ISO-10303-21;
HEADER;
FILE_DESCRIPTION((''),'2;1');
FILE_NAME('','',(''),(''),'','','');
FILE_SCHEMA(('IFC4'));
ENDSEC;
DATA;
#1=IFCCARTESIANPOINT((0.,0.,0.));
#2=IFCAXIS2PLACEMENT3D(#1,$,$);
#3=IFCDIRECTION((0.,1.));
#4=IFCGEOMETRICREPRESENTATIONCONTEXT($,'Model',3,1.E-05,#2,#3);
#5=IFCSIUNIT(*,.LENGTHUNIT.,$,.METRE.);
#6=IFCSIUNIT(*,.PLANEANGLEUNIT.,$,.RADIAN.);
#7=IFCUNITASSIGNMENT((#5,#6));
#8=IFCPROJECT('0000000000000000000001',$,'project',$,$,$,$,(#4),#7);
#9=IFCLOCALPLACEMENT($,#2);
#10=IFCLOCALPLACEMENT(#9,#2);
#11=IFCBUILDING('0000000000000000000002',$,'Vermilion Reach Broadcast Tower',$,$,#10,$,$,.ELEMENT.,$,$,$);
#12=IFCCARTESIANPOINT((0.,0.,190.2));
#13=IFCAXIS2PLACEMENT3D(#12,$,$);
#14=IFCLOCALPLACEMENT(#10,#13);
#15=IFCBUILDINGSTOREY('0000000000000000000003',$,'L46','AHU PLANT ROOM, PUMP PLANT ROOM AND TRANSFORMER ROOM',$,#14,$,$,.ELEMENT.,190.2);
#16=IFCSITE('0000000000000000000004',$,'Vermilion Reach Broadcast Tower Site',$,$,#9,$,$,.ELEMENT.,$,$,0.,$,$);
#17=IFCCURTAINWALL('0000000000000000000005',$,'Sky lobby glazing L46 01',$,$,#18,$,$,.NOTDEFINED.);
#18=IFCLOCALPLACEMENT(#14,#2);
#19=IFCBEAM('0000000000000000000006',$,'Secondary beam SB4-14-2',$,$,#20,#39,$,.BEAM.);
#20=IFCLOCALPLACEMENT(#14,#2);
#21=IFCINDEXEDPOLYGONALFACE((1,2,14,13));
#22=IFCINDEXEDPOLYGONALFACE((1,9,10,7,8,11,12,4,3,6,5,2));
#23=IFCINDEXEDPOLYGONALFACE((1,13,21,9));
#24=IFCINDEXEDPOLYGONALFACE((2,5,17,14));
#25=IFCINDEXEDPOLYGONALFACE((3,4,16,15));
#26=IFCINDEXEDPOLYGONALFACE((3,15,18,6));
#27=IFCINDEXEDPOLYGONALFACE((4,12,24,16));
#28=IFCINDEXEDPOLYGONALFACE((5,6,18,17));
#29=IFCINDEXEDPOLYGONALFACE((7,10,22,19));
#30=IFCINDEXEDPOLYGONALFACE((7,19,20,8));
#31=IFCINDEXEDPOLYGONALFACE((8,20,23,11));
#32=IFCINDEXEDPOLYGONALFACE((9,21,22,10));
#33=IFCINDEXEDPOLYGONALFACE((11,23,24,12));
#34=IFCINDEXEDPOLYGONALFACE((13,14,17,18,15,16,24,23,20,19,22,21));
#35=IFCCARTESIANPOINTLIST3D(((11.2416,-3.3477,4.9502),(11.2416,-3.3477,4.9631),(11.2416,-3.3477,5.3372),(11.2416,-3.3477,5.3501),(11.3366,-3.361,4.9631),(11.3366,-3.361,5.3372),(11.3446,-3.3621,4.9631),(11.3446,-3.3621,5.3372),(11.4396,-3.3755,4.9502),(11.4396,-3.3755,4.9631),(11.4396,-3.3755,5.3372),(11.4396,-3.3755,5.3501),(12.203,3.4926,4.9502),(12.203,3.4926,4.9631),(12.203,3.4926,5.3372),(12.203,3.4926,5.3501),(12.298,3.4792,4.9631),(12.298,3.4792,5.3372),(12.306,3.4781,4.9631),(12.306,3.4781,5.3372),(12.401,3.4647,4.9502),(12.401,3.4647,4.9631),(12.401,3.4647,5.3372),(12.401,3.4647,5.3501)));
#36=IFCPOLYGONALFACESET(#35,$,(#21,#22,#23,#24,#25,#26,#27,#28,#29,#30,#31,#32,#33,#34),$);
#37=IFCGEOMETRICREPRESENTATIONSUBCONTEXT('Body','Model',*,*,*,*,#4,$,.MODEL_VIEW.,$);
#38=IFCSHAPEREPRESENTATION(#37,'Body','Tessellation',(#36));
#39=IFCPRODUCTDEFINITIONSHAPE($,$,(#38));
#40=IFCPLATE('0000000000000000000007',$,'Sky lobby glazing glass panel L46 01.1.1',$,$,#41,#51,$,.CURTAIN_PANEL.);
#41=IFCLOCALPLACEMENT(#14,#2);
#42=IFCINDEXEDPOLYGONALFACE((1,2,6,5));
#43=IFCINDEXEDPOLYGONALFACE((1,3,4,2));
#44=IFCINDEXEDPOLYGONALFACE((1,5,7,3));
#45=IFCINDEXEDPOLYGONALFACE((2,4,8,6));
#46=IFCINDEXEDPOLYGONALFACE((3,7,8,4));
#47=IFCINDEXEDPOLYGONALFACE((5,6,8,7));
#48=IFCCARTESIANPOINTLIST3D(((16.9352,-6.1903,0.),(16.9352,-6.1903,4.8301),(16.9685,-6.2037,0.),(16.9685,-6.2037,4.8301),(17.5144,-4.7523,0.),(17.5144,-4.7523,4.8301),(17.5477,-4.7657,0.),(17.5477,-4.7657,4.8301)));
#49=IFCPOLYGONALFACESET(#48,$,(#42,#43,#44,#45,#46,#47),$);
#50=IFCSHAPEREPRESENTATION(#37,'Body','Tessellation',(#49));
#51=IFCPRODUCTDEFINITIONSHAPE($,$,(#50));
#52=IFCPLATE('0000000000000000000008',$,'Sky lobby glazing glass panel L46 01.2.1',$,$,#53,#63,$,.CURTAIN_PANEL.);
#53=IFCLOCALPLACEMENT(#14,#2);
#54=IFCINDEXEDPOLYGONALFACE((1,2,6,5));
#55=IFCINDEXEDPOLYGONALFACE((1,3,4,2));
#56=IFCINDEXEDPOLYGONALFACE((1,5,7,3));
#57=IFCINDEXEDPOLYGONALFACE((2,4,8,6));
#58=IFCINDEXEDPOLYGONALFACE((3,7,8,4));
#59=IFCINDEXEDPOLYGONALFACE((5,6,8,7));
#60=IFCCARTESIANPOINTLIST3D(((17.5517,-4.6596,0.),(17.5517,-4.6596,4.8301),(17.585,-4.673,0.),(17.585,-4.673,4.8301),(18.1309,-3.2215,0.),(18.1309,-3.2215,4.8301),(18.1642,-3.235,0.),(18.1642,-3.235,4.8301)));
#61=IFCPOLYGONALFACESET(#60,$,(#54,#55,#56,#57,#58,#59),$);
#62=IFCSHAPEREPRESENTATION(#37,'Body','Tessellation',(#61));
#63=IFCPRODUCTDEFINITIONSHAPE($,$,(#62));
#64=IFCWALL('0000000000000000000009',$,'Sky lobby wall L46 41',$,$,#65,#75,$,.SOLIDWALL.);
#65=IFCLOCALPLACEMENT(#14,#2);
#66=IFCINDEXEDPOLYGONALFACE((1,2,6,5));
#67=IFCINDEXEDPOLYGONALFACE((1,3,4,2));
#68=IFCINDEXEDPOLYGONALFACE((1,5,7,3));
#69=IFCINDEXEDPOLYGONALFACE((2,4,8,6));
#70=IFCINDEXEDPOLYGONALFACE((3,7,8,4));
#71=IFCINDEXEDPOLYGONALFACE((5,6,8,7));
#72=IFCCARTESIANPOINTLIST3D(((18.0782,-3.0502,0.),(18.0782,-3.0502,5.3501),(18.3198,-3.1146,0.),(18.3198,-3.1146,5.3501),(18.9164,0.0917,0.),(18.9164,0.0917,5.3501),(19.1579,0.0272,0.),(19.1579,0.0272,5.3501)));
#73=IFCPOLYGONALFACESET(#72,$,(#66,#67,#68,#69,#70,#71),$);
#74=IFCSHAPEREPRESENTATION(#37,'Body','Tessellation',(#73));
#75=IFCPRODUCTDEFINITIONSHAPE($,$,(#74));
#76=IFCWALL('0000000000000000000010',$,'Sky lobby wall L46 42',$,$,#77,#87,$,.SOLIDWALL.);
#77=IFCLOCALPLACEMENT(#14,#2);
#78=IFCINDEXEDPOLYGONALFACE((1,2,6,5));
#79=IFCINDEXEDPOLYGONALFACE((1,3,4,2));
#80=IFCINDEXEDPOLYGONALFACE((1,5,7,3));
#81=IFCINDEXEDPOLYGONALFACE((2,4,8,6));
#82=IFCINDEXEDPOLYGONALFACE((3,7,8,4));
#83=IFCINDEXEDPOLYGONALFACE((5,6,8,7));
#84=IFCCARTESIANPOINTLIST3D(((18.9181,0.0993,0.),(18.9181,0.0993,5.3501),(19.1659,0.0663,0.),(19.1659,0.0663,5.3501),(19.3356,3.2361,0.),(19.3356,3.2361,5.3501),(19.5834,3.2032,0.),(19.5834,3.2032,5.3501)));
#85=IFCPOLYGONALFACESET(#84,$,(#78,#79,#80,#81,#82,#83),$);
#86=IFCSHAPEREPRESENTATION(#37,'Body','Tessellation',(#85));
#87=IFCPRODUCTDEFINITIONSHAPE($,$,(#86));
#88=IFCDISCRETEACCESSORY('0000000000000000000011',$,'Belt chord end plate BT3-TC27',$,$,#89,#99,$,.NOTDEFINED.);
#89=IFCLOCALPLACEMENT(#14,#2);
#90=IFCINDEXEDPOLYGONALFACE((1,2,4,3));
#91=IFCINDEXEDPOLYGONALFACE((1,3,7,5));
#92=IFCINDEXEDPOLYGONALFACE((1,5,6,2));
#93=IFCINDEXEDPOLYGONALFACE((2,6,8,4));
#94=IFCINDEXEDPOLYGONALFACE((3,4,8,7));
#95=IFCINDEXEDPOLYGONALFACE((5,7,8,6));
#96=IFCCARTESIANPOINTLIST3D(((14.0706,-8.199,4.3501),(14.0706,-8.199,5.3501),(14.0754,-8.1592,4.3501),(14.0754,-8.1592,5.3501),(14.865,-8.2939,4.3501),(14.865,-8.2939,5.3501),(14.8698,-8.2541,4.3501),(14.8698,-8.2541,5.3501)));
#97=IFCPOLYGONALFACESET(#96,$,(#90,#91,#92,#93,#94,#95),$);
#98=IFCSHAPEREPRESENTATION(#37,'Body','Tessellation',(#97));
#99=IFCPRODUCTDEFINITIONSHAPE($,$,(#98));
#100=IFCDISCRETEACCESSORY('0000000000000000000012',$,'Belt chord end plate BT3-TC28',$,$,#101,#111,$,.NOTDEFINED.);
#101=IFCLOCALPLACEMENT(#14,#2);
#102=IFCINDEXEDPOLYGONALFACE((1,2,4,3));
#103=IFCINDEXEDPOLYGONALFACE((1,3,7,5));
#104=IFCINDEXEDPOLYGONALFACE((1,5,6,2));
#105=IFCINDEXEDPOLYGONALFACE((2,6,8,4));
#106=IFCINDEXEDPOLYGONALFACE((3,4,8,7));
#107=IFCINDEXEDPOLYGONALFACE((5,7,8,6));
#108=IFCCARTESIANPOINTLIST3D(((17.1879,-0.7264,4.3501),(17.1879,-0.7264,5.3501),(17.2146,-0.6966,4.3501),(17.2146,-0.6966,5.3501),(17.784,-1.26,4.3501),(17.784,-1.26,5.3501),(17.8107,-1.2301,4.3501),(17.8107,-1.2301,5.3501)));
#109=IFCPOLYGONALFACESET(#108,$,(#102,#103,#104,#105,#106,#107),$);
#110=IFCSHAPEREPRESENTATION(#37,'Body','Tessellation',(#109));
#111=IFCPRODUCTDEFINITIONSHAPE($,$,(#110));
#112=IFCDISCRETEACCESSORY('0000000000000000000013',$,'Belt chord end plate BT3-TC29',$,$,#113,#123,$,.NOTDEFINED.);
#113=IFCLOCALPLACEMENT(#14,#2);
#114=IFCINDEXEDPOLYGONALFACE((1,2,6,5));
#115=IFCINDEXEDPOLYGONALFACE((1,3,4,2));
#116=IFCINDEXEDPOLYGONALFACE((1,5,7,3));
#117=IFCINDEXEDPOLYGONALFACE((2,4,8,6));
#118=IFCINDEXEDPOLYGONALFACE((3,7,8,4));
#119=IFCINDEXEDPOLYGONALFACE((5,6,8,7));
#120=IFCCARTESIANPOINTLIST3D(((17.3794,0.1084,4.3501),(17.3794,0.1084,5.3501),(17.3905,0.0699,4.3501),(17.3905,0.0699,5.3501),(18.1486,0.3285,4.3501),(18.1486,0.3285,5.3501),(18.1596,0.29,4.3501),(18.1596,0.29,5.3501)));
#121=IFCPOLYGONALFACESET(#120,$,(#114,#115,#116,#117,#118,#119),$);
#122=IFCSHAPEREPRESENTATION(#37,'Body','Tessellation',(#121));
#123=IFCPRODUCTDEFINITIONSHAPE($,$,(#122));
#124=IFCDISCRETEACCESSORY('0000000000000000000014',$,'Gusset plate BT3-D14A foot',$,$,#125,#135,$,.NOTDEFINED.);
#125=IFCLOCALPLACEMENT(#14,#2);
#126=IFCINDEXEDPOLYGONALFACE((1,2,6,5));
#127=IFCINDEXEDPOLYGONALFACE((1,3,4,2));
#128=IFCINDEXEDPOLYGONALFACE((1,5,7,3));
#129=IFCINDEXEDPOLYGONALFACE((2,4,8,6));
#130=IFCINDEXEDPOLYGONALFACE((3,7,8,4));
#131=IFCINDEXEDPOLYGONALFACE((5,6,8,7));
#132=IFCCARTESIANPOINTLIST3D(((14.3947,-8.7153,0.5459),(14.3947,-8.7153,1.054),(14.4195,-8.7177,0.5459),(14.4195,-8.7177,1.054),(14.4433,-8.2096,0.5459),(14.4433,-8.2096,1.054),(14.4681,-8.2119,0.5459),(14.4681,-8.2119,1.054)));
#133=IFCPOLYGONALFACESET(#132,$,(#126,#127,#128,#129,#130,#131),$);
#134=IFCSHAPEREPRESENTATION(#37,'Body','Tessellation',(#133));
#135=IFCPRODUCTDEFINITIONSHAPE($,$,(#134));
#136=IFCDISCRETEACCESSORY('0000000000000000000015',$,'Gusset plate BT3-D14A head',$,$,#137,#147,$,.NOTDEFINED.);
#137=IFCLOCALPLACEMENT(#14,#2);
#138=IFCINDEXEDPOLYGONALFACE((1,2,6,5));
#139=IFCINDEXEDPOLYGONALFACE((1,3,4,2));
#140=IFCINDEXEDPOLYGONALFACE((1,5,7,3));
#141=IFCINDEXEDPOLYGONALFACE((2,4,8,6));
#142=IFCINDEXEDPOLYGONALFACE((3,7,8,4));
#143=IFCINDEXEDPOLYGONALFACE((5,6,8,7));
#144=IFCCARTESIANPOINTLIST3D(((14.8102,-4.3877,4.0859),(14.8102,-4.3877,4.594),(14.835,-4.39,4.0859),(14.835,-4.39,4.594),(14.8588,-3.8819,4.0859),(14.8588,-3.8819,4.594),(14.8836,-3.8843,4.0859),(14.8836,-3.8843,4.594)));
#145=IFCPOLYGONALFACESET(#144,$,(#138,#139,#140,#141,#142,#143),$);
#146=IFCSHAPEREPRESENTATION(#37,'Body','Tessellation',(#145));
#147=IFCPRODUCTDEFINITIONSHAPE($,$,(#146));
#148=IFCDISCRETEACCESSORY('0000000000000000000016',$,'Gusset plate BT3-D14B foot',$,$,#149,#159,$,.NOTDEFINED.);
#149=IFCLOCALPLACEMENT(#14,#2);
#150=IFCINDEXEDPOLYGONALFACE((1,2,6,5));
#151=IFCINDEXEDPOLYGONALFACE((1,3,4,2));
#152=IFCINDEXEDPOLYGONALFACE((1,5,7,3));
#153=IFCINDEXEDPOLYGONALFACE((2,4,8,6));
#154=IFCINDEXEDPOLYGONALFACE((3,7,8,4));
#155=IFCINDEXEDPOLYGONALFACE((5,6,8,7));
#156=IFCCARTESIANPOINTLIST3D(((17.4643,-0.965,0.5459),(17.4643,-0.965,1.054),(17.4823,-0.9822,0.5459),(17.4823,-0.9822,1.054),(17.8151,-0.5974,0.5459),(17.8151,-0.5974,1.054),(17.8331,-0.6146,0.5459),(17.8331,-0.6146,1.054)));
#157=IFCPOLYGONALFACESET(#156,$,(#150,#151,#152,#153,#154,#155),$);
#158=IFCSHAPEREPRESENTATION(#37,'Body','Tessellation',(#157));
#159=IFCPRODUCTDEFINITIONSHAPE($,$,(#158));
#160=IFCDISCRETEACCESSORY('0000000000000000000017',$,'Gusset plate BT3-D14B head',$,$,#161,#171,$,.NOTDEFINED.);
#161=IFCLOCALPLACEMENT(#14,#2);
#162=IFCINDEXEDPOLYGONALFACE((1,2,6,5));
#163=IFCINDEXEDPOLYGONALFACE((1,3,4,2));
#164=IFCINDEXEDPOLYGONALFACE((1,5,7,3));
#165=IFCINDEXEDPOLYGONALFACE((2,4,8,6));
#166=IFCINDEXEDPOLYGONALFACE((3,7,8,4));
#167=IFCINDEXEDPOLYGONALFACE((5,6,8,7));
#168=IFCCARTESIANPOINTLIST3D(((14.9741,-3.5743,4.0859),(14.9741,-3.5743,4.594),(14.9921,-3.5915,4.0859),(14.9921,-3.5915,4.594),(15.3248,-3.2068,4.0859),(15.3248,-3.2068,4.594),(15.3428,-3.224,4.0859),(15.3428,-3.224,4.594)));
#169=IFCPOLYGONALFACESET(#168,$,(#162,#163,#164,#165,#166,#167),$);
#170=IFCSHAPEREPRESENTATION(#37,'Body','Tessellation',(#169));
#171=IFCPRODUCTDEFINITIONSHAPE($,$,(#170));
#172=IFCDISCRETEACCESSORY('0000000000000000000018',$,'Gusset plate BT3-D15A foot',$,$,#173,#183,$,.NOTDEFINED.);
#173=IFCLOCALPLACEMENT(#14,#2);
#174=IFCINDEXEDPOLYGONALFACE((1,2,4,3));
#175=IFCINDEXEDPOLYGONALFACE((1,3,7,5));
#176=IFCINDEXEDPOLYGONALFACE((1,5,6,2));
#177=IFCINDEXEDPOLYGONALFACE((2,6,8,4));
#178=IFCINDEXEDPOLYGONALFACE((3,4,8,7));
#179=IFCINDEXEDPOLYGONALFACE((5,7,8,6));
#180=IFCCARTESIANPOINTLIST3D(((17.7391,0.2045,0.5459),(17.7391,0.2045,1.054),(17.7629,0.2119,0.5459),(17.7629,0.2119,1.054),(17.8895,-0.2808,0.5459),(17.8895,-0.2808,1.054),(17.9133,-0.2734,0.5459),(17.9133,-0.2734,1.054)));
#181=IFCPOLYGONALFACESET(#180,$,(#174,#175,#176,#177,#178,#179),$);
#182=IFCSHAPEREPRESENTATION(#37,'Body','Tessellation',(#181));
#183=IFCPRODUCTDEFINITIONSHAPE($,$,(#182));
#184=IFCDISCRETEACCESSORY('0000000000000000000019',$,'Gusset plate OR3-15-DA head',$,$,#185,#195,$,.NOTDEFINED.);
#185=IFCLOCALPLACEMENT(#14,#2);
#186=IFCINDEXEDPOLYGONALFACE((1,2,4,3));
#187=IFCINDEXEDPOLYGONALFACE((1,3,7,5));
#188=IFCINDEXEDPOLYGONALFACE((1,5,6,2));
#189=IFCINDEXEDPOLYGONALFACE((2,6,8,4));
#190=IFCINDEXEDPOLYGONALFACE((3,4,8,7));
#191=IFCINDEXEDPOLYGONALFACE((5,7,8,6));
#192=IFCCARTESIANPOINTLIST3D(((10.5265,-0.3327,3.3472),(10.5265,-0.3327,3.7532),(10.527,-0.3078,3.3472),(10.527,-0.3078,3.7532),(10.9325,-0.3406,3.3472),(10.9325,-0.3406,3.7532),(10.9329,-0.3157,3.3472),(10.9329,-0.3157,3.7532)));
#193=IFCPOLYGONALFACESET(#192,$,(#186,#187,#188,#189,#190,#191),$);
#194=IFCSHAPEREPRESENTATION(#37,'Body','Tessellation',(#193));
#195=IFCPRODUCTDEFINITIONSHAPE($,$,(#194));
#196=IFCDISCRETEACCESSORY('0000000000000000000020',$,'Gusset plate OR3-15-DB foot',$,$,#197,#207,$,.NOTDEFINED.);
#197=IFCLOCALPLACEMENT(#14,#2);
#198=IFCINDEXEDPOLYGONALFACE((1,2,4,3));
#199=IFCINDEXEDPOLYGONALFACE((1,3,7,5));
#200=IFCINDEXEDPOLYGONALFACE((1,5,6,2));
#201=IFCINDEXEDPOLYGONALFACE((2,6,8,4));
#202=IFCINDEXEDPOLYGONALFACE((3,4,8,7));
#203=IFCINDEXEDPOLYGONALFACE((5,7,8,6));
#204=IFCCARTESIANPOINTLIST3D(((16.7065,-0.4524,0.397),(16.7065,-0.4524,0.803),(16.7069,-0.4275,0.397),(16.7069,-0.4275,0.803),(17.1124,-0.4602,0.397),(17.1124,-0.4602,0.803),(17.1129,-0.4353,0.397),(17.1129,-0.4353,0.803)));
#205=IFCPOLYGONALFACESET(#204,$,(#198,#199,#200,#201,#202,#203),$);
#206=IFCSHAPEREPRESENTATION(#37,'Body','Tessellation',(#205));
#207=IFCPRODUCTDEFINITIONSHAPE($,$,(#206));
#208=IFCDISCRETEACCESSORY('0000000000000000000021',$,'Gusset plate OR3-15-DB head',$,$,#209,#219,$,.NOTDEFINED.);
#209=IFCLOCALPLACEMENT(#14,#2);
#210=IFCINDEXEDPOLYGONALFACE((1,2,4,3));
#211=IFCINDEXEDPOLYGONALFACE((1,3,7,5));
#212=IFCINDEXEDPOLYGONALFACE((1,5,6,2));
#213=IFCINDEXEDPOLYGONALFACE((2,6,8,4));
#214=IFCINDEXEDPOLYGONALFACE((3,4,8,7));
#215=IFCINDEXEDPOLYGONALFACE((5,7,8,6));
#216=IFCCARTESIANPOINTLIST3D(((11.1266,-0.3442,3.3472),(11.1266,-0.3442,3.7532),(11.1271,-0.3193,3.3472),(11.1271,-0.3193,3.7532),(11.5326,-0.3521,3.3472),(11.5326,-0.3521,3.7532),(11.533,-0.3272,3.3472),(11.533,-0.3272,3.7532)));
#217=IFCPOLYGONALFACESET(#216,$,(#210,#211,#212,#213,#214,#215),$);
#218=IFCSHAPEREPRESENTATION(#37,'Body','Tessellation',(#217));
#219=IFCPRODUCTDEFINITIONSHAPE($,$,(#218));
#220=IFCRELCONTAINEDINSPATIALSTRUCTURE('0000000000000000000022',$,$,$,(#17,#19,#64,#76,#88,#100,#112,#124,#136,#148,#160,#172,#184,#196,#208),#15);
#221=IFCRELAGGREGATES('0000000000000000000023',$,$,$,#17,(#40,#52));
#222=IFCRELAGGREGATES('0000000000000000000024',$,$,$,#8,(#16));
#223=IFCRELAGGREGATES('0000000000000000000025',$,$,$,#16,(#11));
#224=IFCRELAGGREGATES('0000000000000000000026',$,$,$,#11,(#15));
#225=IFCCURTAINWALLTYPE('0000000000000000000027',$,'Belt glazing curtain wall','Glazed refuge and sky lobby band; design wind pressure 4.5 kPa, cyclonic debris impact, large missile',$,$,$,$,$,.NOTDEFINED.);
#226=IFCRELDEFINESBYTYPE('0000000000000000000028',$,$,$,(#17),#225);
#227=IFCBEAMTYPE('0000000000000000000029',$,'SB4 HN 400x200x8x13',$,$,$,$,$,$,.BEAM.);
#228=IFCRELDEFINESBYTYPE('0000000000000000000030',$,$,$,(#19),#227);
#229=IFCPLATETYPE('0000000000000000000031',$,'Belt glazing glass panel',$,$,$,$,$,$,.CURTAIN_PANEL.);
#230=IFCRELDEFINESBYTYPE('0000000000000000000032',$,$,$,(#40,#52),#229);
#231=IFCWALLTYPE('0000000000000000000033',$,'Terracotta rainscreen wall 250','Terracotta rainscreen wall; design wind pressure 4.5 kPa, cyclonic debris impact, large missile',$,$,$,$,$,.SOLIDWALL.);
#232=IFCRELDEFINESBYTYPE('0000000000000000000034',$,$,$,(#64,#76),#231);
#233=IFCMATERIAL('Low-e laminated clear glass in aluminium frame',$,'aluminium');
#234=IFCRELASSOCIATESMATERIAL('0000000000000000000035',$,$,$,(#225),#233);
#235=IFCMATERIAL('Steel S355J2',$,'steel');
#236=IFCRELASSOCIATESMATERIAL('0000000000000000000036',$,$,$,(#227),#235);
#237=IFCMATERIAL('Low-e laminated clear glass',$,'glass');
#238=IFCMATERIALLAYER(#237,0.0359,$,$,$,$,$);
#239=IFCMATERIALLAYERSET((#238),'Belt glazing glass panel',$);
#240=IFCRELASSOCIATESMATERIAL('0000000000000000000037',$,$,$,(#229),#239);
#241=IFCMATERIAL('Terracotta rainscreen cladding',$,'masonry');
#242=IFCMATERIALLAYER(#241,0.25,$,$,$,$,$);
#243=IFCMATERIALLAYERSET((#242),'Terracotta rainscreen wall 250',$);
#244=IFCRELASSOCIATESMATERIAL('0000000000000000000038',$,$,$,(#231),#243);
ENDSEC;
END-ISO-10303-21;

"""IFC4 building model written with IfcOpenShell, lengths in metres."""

from ifc_helpers import new_model, si_unit, direction, frame, frame_2d, origin, origin_2d, place, context, subcontext, project, spatial, rectangle, i_section, extrude, material, layer, layer_set, material_profile, profile_set, type_object, element, aggregate, save


model = new_model("IFC4")

# Units and contexts
model_context = context("Model", 3, precision=1e-05, world=origin(), true_north=direction((0.0, 1.0)))
body_context = subcontext(model_context, "Body", "Model", "MODEL_VIEW")
ifc_project = project(units=[si_unit("LENGTHUNIT", "METRE"), si_unit("PLANEANGLEUNIT", "RADIAN")], contexts=[model_context])

# Site, building, storey
site_placement = place(None, origin())
site = spatial("IfcSite", under=ifc_project, at=site_placement, Name="Vermilion Reach Broadcast Tower Site", CompositionType="ELEMENT", RefElevation=0.0)
building_placement = place(site_placement, origin())
building = spatial("IfcBuilding", under=site, at=building_placement, Name="Vermilion Reach Broadcast Tower", CompositionType="ELEMENT")
storey_placement = place(building_placement, frame((0.0, 0.0, 190.2)))
storey = spatial("IfcBuildingStorey", under=building, at=storey_placement, Name="L46", Description="AHU PLANT ROOM, PUMP PLANT ROOM AND TRANSFORMER ROOM", CompositionType="ELEMENT", Elevation=190.2)

# Curtain wall
ifc_material_1 = material(Name="Low-e laminated clear glass in aluminium frame", Category="aluminium")
curtain_wall_type = type_object("IfcCurtainWallType", Name="Belt glazing curtain wall", Description="Glazed refuge and sky lobby band; design wind pressure 4.5 kPa, cyclonic debris impact, large missile", PredefinedType="NOTDEFINED", material=ifc_material_1)
curtain_wall_placement = place(storey_placement, origin())
curtain_wall = element("IfcCurtainWall", 1, at=curtain_wall_placement, inside=storey, type_object=curtain_wall_type, Name="Sky lobby glazing L46 01", PredefinedType="NOTDEFINED")

# Beam
ifc_material_2 = material(Name="Steel S355J2", Category="steel")
ifc_material_profile_1 = material_profile(ifc_material_2, i_section(OverallWidth=0.2, OverallDepth=0.3999, WebThickness=0.0081, FlangeThickness=0.0129, at=origin_2d()), Name="S355J2 HN 400x200x8x13")
ifc_profile_set_1 = profile_set([ifc_material_profile_1], Name="Steel S355J2")
beam_type_1 = type_object("IfcBeamType", Name="SB4 HN 400x200x8x13", PredefinedType="BEAM", material=ifc_profile_set_1)
beam_1_placement = place(storey_placement, frame((11.3406, -3.3616, 5.1501), z_axis=(0.139184, 0.990266, 0.0), x_axis=(-0.990266, 0.139184, 0.0)))
element("IfcBeam", 2, at=beam_1_placement, inside=storey, type_object=beam_type_1, Name="Secondary beam SB4-14-2", PredefinedType="BEAM", context=body_context, shape_type="SweptSolid", body=[
    extrude(i_section(OverallWidth=0.2, OverallDepth=0.3999, WebThickness=0.0081, FlangeThickness=0.0129, at=origin_2d()), origin(), (0.0, 0.0, 1.0), 6.9075),
])

# Plates
ifc_material_3 = material(Name="Low-e laminated clear glass", Category="glass")
ifc_layer_1 = layer(ifc_material_3, 0.0359)
ifc_layer_set_1 = layer_set([ifc_layer_1], Name="Belt glazing glass panel")
plate_type = type_object("IfcPlateType", Name="Belt glazing glass panel", PredefinedType="CURTAIN_PANEL", material=ifc_layer_set_1)
plate_1_placement = place(storey_placement, frame((17.2415, -5.478, 0.0), z_axis=(0.0, 0.0, 1.0), x_axis=(0.373605, 0.927588, 0.0)))
plate_1 = element("IfcPlate", 3, at=plate_1_placement, type_object=plate_type, Name="Sky lobby glazing glass panel L46 01.1.1", PredefinedType="CURTAIN_PANEL", context=body_context, shape_type="SweptSolid", body=[
    extrude(rectangle(XDim=1.5503, YDim=0.0359, at=origin_2d()), origin(), (0.0, 0.0, 1.0), 4.8301),
])
plate_2_placement = place(storey_placement, frame((17.8579, -3.9473, 0.0), z_axis=(0.0, 0.0, 1.0), x_axis=(0.373605, 0.927588, 0.0)))
plate_2 = element("IfcPlate", 4, at=plate_2_placement, type_object=plate_type, Name="Sky lobby glazing glass panel L46 01.2.1", PredefinedType="CURTAIN_PANEL", context=body_context, shape_type="SweptSolid", body=[
    extrude(rectangle(XDim=1.5503, YDim=0.0359, at=origin_2d()), origin(), (0.0, 0.0, 1.0), 4.8301),
])
aggregate(curtain_wall, [plate_1, plate_2])

# Walls
ifc_material_4 = material(Name="Terracotta rainscreen cladding", Category="masonry")
ifc_layer_2 = layer(ifc_material_4, 0.25)
ifc_layer_set_2 = layer_set([ifc_layer_2], Name="Terracotta rainscreen wall 250")
wall_type = type_object("IfcWallType", Name="Terracotta rainscreen wall 250", Description="Terracotta rainscreen wall; design wind pressure 4.5 kPa, cyclonic debris impact, large missile", PredefinedType="SOLIDWALL", material=ifc_layer_set_2)
wall_1_placement = place(storey_placement, frame((18.199, -3.0825, 0.0), z_axis=(0.0, 0.0, 1.0), x_axis=(0.257751, 0.966211, 0.0)))
element("IfcWall", 5, at=wall_1_placement, inside=storey, type_object=wall_type, Name="Sky lobby wall L46 41", PredefinedType="SOLIDWALL", context=body_context, shape_type="SweptSolid", body=[
    extrude(rectangle(XDim=3.2517, YDim=0.25, at=frame_2d((1.626, 0.0))), origin(), (0.0, 0.0, 1.0), 5.3501),
])
wall_2_placement = place(storey_placement, frame((19.042, 0.0828, 0.0), z_axis=(0.0, 0.0, 1.0), x_axis=(0.131921, 0.99126, 0.0)))
element("IfcWall", 6, at=wall_2_placement, inside=storey, type_object=wall_type, Name="Sky lobby wall L46 42", PredefinedType="SOLIDWALL", context=body_context, shape_type="SweptSolid", body=[
    extrude(rectangle(XDim=3.1646, YDim=0.25, at=frame_2d((1.5823, 0.0))), origin(), (0.0, 0.0, 1.0), 5.3501),
])

# Discrete accessories
for number, where, z_axis, x_axis, name in (
    (7, (14.4702, -8.2266, 4.3501), (0.0, 0.0, 1.0), (-0.11859, -0.992943, 0.0), "Belt chord end plate BT3-TC27"),
    (8, (17.4993, -0.9783, 4.3501), (0.0, 0.0, 1.0), (0.666938, 0.745113, 0.0), "Belt chord end plate BT3-TC28"),
    (9, (17.7695, 0.1992, 4.3501), (0.0, 0.0, 1.0), (0.275164, -0.961397, 0.0), "Belt chord end plate BT3-TC29"),
):
    element("IfcDiscreteAccessory", number, at=place(storey_placement, frame(where, z_axis=z_axis, x_axis=x_axis)), inside=storey, Name=name, PredefinedType="NOTDEFINED", context=body_context, shape_type="SweptSolid", body=[
        extrude(rectangle(XDim=0.04, YDim=0.8, at=origin_2d()), origin(), (0.0, 0.0, 1.0), 1.0),
    ])
for number, where, z_axis, x_axis, name in (
    (10, (14.4314, -8.4636, 0.5459), (0.0, 0.0, 1.0), (-0.995421, 0.095593, 0.0), "Gusset plate BT3-D14A foot"),
    (11, (14.8469, -4.136, 4.0859), (0.0, 0.0, 1.0), (-0.995421, 0.095593, 0.0), "Gusset plate BT3-D14A head"),
    (12, (17.6487, -0.7898, 0.5459), (0.0, 0.0, 1.0), (0.723417, -0.690411, 0.0), "Gusset plate BT3-D14B foot"),
    (13, (15.1584, -3.3992, 4.0859), (0.0, 0.0, 1.0), (0.723417, -0.690411, 0.0), "Gusset plate BT3-D14B head"),
    (14, (17.8262, -0.0344, 0.5459), (0.0, 0.0, 1.0), (-0.955177, -0.296036, 0.0), "Gusset plate BT3-D15A foot"),
):
    element("IfcDiscreteAccessory", number, at=place(storey_placement, frame(where, z_axis=z_axis, x_axis=x_axis)), inside=storey, Name=name, PredefinedType="NOTDEFINED", context=body_context, shape_type="SweptSolid", body=[
        extrude(rectangle(XDim=0.0249, YDim=0.5081, at=origin_2d()), origin(), (0.0, 0.0, 1.0), 0.5081),
    ])
for number, where, z_axis, x_axis, name in (
    (15, (10.7297, -0.3242, 3.3472), (0.0, 0.0, 1.0), (0.019372, 0.999812, 0.0), "Gusset plate OR3-15-DA head"),
    (16, (16.9097, -0.4438, 0.397), (0.0, 0.0, 1.0), (0.019372, 0.999812, 0.0), "Gusset plate OR3-15-DB foot"),
    (17, (11.3298, -0.3357, 3.3472), (0.0, 0.0, 1.0), (0.019372, 0.999812, 0.0), "Gusset plate OR3-15-DB head"),
):
    element("IfcDiscreteAccessory", number, at=place(storey_placement, frame(where, z_axis=z_axis, x_axis=x_axis)), inside=storey, Name=name, PredefinedType="NOTDEFINED", context=body_context, shape_type="SweptSolid", body=[
        extrude(rectangle(XDim=0.0249, YDim=0.406, at=origin_2d()), origin(), (0.0, 0.0, 1.0), 0.406),
    ])

save(model, "model.ifc")
